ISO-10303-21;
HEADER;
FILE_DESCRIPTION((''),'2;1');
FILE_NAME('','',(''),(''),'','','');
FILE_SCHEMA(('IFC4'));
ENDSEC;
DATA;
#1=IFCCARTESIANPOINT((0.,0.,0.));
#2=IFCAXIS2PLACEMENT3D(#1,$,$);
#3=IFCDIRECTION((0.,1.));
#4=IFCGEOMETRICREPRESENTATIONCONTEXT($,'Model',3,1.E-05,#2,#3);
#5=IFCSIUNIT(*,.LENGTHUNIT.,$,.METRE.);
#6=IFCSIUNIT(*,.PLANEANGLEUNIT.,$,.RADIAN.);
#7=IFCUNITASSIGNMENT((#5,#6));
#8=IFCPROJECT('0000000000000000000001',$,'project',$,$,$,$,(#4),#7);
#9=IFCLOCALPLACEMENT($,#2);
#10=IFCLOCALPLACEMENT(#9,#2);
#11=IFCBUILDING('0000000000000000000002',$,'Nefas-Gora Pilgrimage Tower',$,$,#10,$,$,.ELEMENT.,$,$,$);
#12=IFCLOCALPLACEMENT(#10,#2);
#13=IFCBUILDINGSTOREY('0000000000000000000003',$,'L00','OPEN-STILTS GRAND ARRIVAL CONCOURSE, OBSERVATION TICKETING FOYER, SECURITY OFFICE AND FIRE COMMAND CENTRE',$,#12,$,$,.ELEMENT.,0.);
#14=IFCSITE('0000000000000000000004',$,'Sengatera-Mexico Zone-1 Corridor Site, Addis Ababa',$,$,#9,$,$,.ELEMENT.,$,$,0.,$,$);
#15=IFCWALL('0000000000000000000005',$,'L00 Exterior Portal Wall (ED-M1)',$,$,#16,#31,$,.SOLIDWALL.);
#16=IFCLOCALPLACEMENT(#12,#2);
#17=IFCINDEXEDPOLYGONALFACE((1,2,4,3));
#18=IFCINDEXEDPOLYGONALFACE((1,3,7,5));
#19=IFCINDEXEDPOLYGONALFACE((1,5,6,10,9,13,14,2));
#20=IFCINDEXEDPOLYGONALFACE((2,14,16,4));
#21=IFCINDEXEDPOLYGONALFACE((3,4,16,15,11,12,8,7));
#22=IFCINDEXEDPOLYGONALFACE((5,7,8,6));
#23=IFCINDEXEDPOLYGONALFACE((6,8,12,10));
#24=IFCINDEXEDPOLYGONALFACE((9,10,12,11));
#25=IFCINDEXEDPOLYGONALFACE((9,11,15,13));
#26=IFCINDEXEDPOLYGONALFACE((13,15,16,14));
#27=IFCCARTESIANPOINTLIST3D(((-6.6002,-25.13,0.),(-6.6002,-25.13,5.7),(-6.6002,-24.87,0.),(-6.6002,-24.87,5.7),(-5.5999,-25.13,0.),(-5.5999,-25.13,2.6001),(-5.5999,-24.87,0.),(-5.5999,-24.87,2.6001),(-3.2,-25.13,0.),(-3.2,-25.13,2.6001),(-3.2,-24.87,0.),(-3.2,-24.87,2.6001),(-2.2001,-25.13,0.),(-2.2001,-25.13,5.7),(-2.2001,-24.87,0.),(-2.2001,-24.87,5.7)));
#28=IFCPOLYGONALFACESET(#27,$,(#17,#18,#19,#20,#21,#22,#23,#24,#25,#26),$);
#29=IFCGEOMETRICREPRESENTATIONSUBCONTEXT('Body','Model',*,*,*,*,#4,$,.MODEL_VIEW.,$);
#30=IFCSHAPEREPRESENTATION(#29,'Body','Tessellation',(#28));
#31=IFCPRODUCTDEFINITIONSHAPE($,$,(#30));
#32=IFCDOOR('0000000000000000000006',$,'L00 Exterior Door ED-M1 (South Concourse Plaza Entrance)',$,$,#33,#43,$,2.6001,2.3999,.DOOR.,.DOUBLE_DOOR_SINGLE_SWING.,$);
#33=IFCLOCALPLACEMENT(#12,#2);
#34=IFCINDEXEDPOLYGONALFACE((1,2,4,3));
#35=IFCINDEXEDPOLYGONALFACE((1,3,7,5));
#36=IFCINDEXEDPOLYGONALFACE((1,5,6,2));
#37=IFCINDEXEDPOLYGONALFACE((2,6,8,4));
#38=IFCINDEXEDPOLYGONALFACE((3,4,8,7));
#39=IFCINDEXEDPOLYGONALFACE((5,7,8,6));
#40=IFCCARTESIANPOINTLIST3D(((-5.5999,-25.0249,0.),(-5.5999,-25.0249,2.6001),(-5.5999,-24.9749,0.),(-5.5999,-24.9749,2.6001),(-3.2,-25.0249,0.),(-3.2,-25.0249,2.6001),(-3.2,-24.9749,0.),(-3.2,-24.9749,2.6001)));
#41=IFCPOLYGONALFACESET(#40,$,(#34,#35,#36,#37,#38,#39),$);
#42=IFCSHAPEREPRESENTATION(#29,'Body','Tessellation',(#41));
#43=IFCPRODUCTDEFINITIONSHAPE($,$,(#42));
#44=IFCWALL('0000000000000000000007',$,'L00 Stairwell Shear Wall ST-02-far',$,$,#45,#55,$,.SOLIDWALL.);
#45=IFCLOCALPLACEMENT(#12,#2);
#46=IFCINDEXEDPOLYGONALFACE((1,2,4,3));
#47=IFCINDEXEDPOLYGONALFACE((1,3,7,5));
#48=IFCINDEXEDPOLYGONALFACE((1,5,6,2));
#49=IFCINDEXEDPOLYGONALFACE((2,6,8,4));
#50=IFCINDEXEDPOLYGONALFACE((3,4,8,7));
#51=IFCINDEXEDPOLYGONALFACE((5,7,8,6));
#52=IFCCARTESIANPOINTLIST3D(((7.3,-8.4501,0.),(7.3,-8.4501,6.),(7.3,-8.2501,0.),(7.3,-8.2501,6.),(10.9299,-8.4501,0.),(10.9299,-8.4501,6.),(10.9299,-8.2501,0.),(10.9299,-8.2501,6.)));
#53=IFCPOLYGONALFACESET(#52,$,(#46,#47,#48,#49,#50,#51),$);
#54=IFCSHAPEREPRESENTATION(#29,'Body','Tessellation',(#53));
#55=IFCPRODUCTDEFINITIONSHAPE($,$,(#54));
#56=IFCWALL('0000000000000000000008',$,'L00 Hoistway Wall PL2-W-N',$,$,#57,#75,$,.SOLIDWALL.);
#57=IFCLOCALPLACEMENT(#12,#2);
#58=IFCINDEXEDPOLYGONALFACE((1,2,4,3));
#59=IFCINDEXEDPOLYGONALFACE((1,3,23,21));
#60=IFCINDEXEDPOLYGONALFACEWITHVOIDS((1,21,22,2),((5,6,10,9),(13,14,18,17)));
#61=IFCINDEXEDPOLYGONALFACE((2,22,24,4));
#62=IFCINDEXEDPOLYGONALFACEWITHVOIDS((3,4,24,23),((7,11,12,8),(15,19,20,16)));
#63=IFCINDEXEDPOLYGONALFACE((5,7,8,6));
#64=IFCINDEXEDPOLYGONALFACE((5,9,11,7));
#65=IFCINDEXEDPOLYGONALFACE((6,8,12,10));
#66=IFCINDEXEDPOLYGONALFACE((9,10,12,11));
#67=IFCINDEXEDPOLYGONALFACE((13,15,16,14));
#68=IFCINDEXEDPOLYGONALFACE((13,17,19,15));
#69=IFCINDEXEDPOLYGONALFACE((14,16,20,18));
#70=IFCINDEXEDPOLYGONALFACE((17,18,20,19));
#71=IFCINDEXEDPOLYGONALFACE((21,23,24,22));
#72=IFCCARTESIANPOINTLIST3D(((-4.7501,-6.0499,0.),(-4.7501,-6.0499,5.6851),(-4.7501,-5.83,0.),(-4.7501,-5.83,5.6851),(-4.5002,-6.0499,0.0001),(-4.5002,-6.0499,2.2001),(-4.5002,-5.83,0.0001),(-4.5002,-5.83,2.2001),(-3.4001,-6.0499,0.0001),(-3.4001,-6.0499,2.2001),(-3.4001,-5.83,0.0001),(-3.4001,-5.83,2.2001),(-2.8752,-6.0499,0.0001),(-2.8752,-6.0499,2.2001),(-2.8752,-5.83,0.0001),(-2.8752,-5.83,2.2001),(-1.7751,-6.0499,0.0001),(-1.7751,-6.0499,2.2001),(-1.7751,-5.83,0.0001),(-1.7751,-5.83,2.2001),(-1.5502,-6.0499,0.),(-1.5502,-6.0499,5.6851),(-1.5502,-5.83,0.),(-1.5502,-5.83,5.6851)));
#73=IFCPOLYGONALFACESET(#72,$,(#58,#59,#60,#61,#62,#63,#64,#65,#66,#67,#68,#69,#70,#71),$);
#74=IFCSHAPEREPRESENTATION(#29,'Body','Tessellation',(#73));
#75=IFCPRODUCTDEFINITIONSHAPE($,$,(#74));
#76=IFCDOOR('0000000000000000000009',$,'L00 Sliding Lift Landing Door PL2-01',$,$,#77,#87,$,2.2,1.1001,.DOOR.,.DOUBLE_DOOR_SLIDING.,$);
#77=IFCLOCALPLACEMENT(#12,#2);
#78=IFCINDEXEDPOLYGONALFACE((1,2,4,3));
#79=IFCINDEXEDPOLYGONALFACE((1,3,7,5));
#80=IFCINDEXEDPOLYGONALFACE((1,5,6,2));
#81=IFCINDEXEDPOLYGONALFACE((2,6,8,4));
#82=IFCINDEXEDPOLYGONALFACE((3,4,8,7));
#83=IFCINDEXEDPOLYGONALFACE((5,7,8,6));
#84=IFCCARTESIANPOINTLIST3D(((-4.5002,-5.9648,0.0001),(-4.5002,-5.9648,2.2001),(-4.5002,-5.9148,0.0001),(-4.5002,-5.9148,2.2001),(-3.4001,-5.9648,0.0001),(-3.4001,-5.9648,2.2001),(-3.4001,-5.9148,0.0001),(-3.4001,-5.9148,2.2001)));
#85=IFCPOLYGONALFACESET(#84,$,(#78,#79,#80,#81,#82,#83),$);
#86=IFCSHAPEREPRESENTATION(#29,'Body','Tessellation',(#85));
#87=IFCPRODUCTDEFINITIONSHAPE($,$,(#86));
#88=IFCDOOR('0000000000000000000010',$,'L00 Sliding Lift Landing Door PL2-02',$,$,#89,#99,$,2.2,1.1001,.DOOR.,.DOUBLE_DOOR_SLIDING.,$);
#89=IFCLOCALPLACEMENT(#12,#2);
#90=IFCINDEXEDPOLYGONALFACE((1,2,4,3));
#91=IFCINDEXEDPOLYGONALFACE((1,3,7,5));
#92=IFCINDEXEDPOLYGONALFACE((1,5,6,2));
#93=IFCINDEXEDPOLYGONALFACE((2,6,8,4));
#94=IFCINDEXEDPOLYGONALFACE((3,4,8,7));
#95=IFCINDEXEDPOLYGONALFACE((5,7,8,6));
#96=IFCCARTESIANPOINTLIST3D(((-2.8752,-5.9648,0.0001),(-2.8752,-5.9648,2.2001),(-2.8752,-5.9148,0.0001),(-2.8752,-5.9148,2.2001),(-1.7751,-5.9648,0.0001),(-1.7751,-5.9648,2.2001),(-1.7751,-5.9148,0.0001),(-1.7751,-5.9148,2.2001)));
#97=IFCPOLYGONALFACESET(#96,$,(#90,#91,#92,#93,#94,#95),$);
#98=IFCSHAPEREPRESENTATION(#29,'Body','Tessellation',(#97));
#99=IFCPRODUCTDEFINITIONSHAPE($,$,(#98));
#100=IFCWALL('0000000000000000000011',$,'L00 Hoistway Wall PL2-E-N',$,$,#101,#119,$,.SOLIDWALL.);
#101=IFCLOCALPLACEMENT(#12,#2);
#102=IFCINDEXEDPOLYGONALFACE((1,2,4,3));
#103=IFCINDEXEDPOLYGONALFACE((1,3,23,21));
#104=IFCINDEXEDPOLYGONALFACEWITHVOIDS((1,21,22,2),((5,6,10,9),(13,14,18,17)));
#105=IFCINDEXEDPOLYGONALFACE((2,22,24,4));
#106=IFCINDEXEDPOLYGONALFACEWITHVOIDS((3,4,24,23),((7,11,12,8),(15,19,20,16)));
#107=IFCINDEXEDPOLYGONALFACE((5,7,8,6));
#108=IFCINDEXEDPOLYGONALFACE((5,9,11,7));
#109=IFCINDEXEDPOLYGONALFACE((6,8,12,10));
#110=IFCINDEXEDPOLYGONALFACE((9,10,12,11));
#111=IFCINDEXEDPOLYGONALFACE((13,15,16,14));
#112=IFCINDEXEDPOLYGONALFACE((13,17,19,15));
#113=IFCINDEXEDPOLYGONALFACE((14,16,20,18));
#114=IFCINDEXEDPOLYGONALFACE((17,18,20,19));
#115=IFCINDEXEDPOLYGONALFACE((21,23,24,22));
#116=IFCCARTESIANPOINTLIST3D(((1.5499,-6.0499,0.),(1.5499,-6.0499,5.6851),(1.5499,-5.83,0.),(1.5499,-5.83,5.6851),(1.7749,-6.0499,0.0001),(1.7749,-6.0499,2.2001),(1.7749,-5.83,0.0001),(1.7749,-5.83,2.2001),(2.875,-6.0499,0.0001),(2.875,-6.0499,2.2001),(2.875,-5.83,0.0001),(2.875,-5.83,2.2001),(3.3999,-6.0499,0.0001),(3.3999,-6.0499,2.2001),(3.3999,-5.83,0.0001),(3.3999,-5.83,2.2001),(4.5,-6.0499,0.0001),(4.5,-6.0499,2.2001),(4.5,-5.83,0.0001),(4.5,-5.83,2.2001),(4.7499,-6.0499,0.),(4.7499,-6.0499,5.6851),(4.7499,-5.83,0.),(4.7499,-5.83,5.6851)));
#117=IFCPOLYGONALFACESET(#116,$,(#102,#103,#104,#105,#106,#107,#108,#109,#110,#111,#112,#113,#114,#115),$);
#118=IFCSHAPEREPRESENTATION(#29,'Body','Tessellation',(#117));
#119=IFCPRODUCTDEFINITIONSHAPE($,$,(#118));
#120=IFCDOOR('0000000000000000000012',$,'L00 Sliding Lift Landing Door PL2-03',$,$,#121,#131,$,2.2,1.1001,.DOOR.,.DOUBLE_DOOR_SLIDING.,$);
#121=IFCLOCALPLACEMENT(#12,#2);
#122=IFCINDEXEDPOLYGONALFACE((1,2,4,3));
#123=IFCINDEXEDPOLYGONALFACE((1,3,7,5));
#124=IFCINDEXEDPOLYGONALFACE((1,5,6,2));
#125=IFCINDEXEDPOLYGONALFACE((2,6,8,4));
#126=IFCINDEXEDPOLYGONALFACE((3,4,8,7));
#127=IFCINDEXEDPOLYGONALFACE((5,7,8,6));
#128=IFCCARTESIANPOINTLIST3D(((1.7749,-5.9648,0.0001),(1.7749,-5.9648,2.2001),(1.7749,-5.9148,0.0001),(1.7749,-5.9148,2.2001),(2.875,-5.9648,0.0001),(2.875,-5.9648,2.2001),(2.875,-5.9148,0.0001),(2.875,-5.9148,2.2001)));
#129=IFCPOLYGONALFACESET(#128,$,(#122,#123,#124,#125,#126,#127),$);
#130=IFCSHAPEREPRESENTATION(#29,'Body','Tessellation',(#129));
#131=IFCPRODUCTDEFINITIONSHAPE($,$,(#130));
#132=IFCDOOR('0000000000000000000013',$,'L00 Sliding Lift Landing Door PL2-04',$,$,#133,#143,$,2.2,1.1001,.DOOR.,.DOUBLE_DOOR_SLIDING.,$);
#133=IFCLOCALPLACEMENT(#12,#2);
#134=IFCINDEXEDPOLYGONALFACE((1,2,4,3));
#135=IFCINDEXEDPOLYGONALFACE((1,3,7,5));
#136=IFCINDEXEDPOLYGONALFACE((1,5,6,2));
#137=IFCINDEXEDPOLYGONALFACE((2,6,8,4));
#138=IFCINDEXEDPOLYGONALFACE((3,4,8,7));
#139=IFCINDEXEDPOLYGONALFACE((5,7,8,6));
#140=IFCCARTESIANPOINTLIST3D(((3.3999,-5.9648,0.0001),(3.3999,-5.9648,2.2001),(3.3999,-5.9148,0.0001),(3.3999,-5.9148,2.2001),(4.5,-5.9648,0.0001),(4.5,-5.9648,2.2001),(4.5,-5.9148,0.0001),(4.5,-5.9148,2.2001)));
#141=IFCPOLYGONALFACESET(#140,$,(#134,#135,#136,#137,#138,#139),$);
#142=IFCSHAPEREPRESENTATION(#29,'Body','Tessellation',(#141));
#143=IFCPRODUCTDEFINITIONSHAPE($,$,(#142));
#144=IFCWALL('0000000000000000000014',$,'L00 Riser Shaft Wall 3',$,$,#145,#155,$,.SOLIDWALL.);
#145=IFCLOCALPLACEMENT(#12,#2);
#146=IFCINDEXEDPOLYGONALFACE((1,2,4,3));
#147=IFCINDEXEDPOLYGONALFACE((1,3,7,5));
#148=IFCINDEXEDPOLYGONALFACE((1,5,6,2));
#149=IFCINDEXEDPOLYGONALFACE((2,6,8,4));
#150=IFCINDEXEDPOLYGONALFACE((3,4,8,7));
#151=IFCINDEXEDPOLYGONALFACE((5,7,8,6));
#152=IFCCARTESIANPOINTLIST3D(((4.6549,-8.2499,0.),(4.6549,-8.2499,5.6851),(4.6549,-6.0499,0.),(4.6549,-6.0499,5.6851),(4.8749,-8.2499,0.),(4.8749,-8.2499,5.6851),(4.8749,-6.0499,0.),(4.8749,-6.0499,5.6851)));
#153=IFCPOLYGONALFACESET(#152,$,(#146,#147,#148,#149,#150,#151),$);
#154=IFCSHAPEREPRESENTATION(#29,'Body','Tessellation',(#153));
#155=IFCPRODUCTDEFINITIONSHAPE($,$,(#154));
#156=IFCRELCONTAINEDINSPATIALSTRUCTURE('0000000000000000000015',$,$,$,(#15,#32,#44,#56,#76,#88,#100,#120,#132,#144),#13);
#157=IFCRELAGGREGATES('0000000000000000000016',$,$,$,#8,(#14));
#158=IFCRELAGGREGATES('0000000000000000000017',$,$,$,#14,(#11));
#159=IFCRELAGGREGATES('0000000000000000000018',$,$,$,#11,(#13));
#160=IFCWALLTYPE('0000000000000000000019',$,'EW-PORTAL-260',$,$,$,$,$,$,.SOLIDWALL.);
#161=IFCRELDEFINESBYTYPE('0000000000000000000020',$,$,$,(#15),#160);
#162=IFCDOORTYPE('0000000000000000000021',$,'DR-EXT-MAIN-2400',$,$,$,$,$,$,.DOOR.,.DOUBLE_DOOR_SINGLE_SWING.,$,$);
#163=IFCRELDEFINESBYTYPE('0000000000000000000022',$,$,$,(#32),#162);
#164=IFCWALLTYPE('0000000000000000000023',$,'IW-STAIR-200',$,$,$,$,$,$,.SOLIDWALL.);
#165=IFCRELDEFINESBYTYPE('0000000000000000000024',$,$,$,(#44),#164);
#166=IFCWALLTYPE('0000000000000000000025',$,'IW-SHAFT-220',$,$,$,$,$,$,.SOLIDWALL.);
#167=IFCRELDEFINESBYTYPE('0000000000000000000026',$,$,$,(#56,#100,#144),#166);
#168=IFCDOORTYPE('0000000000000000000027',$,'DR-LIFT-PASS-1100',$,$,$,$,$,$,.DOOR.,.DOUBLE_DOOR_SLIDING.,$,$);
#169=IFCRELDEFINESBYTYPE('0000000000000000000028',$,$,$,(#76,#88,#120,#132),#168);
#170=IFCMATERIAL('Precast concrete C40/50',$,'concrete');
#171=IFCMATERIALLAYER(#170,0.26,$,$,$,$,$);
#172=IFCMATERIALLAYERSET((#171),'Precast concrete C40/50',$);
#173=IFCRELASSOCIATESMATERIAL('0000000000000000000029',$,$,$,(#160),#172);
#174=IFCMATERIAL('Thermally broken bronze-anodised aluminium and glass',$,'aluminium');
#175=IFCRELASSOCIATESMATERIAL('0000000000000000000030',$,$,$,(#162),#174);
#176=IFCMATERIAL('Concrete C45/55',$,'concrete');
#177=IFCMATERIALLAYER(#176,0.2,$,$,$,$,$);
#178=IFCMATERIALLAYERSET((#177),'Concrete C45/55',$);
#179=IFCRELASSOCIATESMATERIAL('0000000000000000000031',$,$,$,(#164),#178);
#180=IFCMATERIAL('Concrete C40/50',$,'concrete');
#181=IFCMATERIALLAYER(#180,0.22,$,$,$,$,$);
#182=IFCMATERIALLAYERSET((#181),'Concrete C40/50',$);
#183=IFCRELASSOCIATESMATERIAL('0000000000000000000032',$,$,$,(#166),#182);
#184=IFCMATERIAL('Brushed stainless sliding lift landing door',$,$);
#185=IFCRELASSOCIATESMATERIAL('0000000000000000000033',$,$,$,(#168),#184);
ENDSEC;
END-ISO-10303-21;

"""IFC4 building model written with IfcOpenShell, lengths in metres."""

from ifc_helpers import new_model, si_unit, direction, frame, frame_2d, origin, place, context, subcontext, project, spatial, rectangle, extrude, source, transform, mapped, material, layer, layer_set, type_object, element, fill, save


model = new_model("IFC4")

# Units and contexts
model_context = context("Model", 3, precision=1e-05, world=origin(), true_north=direction((0.0, 1.0)))
body_context = subcontext(model_context, "Body", "Model", "MODEL_VIEW")
ifc_project = project(units=[si_unit("LENGTHUNIT", "METRE"), si_unit("PLANEANGLEUNIT", "RADIAN")], contexts=[model_context])

# Site, building, storey
site_placement = place(None, origin())
site = spatial("IfcSite", under=ifc_project, at=site_placement, Name="Sengatera-Mexico Zone-1 Corridor Site, Addis Ababa", CompositionType="ELEMENT", RefElevation=0.0)
building_placement = place(site_placement, origin())
building = spatial("IfcBuilding", under=site, at=building_placement, Name="Nefas-Gora Pilgrimage Tower", CompositionType="ELEMENT")
storey_placement = place(building_placement, origin())
storey = spatial("IfcBuildingStorey", under=building, at=storey_placement, Name="L00", Description="OPEN-STILTS GRAND ARRIVAL CONCOURSE, OBSERVATION TICKETING FOYER, SECURITY OFFICE AND FIRE COMMAND CENTRE", CompositionType="ELEMENT", Elevation=0.0)

# Shared definitions
ifc_material_1 = material(Name="Concrete C45/55", Category="concrete")

# Wall, opening, door
ifc_material_2 = material(Name="Precast concrete C40/50", Category="concrete")
ifc_layer_1 = layer(ifc_material_2, 0.26)
ifc_layer_set_1 = layer_set([ifc_layer_1], Name="Precast concrete C40/50")
wall_type_1 = type_object("IfcWallType", Name="EW-PORTAL-260", PredefinedType="SOLIDWALL", material=ifc_layer_set_1)
shared_shape_1 = source(origin(), body_context, "Body", "SweptSolid", [
    extrude(rectangle(XDim=4.4001, YDim=0.26, at=frame_2d((2.2002, 0.0))), origin(), (0.0, 0.0, 1.0), 5.7),
])
wall_1_placement = place(storey_placement, frame((-2.2, -25.0, 0.0), z_axis=(0.0, 0.0, 1.0), x_axis=(-1.0, 0.0, 0.0)))
wall_1 = element("IfcWall", 1, at=wall_1_placement, inside=storey, type_object=wall_type_1, Name="L00 Exterior Portal Wall (ED-M1)", PredefinedType="SOLIDWALL", context=body_context, shape_type="MappedRepresentation", body=[
    mapped(shared_shape_1, transform((0.0, 0.0, 0.0), x_axis=(1.0, 0.0, 0.0), y_axis=(0.0, 1.0, 0.0), z_axis=(0.0, 0.0, 1.0), scale=1.0)),
])
opening_1_placement = place(wall_1_placement, frame((1.0, 0.0, 0.0)))
opening_1 = element("IfcOpeningElement", 2, at=opening_1_placement, cuts=wall_1, PredefinedType="OPENING", context=body_context, shape_type="SweptSolid", body=[
    extrude(rectangle(XDim=2.3999, YDim=2.6001, at=frame_2d((1.2, 1.3))), frame((0.0, 0.1399, 0.0), z_axis=(0.0, -1.0, 0.0), x_axis=(1.0, 0.0, 0.0)), (0.0, 0.0, 1.0), 0.28),
])
ifc_material_3 = material(Name="Thermally broken bronze-anodised aluminium and glass", Category="aluminium")
door_type_1 = type_object("IfcDoorType", Name="DR-EXT-MAIN-2400", OperationType="DOUBLE_DOOR_SINGLE_SWING", PredefinedType="DOOR", material=ifc_material_3)
shared_shape_2 = source(origin(), body_context, "Body", "SweptSolid", [
    extrude(rectangle(XDim=2.3999, YDim=2.6001, at=frame_2d((1.2, 1.3))), frame((0.0, 0.0249, 0.0), z_axis=(0.0, -1.0, 0.0), x_axis=(1.0, 0.0, 0.0)), (0.0, 0.0, 1.0), 0.05),
])
door_1_placement = place(opening_1_placement, origin())
door_1 = element("IfcDoor", 3, at=door_1_placement, inside=storey, type_object=door_type_1, Name="L00 Exterior Door ED-M1 (South Concourse Plaza Entrance)", OperationType="DOUBLE_DOOR_SINGLE_SWING", OverallHeight=2.6001, OverallWidth=2.3999, PredefinedType="DOOR", context=body_context, shape_type="MappedRepresentation", body=[
    mapped(shared_shape_2, transform((0.0, 0.0, 0.0), x_axis=(1.0, 0.0, 0.0), y_axis=(0.0, 1.0, 0.0), z_axis=(0.0, 0.0, 1.0), scale=1.0)),
])
fill(opening_1, door_1)

# Wall
ifc_layer_2 = layer(ifc_material_1, 0.2)
ifc_layer_set_2 = layer_set([ifc_layer_2], Name="Concrete C45/55")
wall_type_2 = type_object("IfcWallType", Name="IW-STAIR-200", PredefinedType="SOLIDWALL", material=ifc_layer_set_2)
shared_shape_3 = source(origin(), body_context, "Body", "SweptSolid", [
    extrude(rectangle(XDim=3.6299, YDim=0.2, at=frame_2d((1.8149, 0.0))), origin(), (0.0, 0.0, 1.0), 6.0),
])
wall_2_placement = place(storey_placement, frame((7.3, -8.3501, 0.0), z_axis=(0.0, 0.0, 1.0), x_axis=(1.0, 0.0, 0.0)))
element("IfcWall", 4, at=wall_2_placement, inside=storey, type_object=wall_type_2, Name="L00 Stairwell Shear Wall ST-02-far", PredefinedType="SOLIDWALL", context=body_context, shape_type="MappedRepresentation", body=[
    mapped(shared_shape_3, transform((0.0, 0.0, 0.0), x_axis=(1.0, 0.0, 0.0), y_axis=(0.0, 1.0, 0.0), z_axis=(0.0, 0.0, 1.0), scale=1.0)),
])

# Walls, openings, doors
ifc_material_4 = material(Name="Concrete C40/50", Category="concrete")
ifc_layer_3 = layer(ifc_material_4, 0.22)
ifc_layer_set_3 = layer_set([ifc_layer_3], Name="Concrete C40/50")
wall_type_3 = type_object("IfcWallType", Name="IW-SHAFT-220", PredefinedType="SOLIDWALL", material=ifc_layer_set_3)
shared_shape_4 = source(origin(), body_context, "Body", "SweptSolid", [
    extrude(rectangle(XDim=3.2, YDim=0.22, at=frame_2d((1.6001, 0.0))), origin(), (0.0, 0.0, 1.0), 5.6851),
])
wall_3_placement = place(storey_placement, frame((-1.55, -5.9399, 0.0), z_axis=(0.0, 0.0, 1.0), x_axis=(-1.0, 0.0, 0.0)))
wall_3 = element("IfcWall", 5, at=wall_3_placement, inside=storey, type_object=wall_type_3, Name="L00 Hoistway Wall PL2-W-N", PredefinedType="SOLIDWALL", context=body_context, shape_type="MappedRepresentation", body=[
    mapped(shared_shape_4, transform((0.0, 0.0, 0.0), x_axis=(1.0, 0.0, 0.0), y_axis=(0.0, 1.0, 0.0), z_axis=(0.0, 0.0, 1.0), scale=1.0)),
])
opening_2_placement = place(wall_3_placement, frame((1.8501, 0.0, 0.0)))
opening_2 = element("IfcOpeningElement", 6, at=opening_2_placement, cuts=wall_3, PredefinedType="OPENING", context=body_context, shape_type="SweptSolid", body=[
    extrude(rectangle(XDim=1.1001, YDim=2.2, at=frame_2d((0.55, 1.1001))), frame((0.0, 0.1199, 0.0), z_axis=(0.0, -1.0, 0.0), x_axis=(1.0, 0.0, 0.0)), (0.0, 0.0, 1.0), 0.24),
])
opening_3_placement = place(wall_3_placement, frame((0.2251, 0.0, 0.0)))
opening_3 = element("IfcOpeningElement", 7, at=opening_3_placement, cuts=wall_3, PredefinedType="OPENING", context=body_context, shape_type="SweptSolid", body=[
    extrude(rectangle(XDim=1.1001, YDim=2.2, at=frame_2d((0.55, 1.1001))), frame((0.0, 0.1199, 0.0), z_axis=(0.0, -1.0, 0.0), x_axis=(1.0, 0.0, 0.0)), (0.0, 0.0, 1.0), 0.24),
])
ifc_material_5 = material(Name="Brushed stainless sliding lift landing door")
door_type_2 = type_object("IfcDoorType", Name="DR-LIFT-PASS-1100", OperationType="DOUBLE_DOOR_SLIDING", PredefinedType="DOOR", material=ifc_material_5)
shared_shape_5 = source(origin(), body_context, "Body", "SweptSolid", [
    extrude(rectangle(XDim=1.1001, YDim=2.2, at=frame_2d((0.55, 1.1001))), frame((0.0, 0.0249, 0.0), z_axis=(0.0, -1.0, 0.0), x_axis=(1.0, 0.0, 0.0)), (0.0, 0.0, 1.0), 0.05),
])
door_2_placement = place(opening_2_placement, origin())
door_2 = element("IfcDoor", 8, at=door_2_placement, inside=storey, type_object=door_type_2, Name="L00 Sliding Lift Landing Door PL2-01", OperationType="DOUBLE_DOOR_SLIDING", OverallHeight=2.2, OverallWidth=1.1001, PredefinedType="DOOR", context=body_context, shape_type="MappedRepresentation", body=[
    mapped(shared_shape_5, transform((0.0, 0.0, 0.0), x_axis=(1.0, 0.0, 0.0), y_axis=(0.0, 1.0, 0.0), z_axis=(0.0, 0.0, 1.0), scale=1.0)),
])
fill(opening_2, door_2)
door_3_placement = place(opening_3_placement, origin())
door_3 = element("IfcDoor", 9, at=door_3_placement, inside=storey, type_object=door_type_2, Name="L00 Sliding Lift Landing Door PL2-02", OperationType="DOUBLE_DOOR_SLIDING", OverallHeight=2.2, OverallWidth=1.1001, PredefinedType="DOOR", context=body_context, shape_type="MappedRepresentation", body=[
    mapped(shared_shape_5, transform((0.0, 0.0, 0.0), x_axis=(1.0, 0.0, 0.0), y_axis=(0.0, 1.0, 0.0), z_axis=(0.0, 0.0, 1.0), scale=1.0)),
])
fill(opening_3, door_3)
wall_4_placement = place(storey_placement, frame((4.75, -5.9399, 0.0), z_axis=(0.0, 0.0, 1.0), x_axis=(-1.0, 0.0, 0.0)))
wall_4 = element("IfcWall", 10, at=wall_4_placement, inside=storey, type_object=wall_type_3, Name="L00 Hoistway Wall PL2-E-N", PredefinedType="SOLIDWALL", context=body_context, shape_type="MappedRepresentation", body=[
    mapped(shared_shape_4, transform((0.0, 0.0, 0.0), x_axis=(1.0, 0.0, 0.0), y_axis=(0.0, 1.0, 0.0), z_axis=(0.0, 0.0, 1.0), scale=1.0)),
])
opening_4_placement = place(wall_4_placement, frame((1.875, 0.0, 0.0)))
opening_4 = element("IfcOpeningElement", 11, at=opening_4_placement, cuts=wall_4, PredefinedType="OPENING", context=body_context, shape_type="SweptSolid", body=[
    extrude(rectangle(XDim=1.1001, YDim=2.2, at=frame_2d((0.55, 1.1001))), frame((0.0, 0.1199, 0.0), z_axis=(0.0, -1.0, 0.0), x_axis=(1.0, 0.0, 0.0)), (0.0, 0.0, 1.0), 0.24),
])
opening_5_placement = place(wall_4_placement, frame((0.25, 0.0, 0.0)))
opening_5 = element("IfcOpeningElement", 12, at=opening_5_placement, cuts=wall_4, PredefinedType="OPENING", context=body_context, shape_type="SweptSolid", body=[
    extrude(rectangle(XDim=1.1001, YDim=2.2, at=frame_2d((0.55, 1.1001))), frame((0.0, 0.1199, 0.0), z_axis=(0.0, -1.0, 0.0), x_axis=(1.0, 0.0, 0.0)), (0.0, 0.0, 1.0), 0.24),
])
door_4_placement = place(opening_4_placement, origin())
door_4 = element("IfcDoor", 13, at=door_4_placement, inside=storey, type_object=door_type_2, Name="L00 Sliding Lift Landing Door PL2-03", OperationType="DOUBLE_DOOR_SLIDING", OverallHeight=2.2, OverallWidth=1.1001, PredefinedType="DOOR", context=body_context, shape_type="MappedRepresentation", body=[
    mapped(shared_shape_5, transform((0.0, 0.0, 0.0), x_axis=(1.0, 0.0, 0.0), y_axis=(0.0, 1.0, 0.0), z_axis=(0.0, 0.0, 1.0), scale=1.0)),
])
fill(opening_4, door_4)
door_5_placement = place(opening_5_placement, origin())
door_5 = element("IfcDoor", 14, at=door_5_placement, inside=storey, type_object=door_type_2, Name="L00 Sliding Lift Landing Door PL2-04", OperationType="DOUBLE_DOOR_SLIDING", OverallHeight=2.2, OverallWidth=1.1001, PredefinedType="DOOR", context=body_context, shape_type="MappedRepresentation", body=[
    mapped(shared_shape_5, transform((0.0, 0.0, 0.0), x_axis=(1.0, 0.0, 0.0), y_axis=(0.0, 1.0, 0.0), z_axis=(0.0, 0.0, 1.0), scale=1.0)),
])
fill(opening_5, door_5)

# Wall
shared_shape_6 = source(origin(), body_context, "Body", "SweptSolid", [
    extrude(rectangle(XDim=2.2, YDim=0.22, at=frame_2d((1.1001, 0.0))), origin(), (0.0, 0.0, 1.0), 5.6851),
])
wall_5_placement = place(storey_placement, frame((4.7649, -8.25, 0.0), z_axis=(0.0, 0.0, 1.0), x_axis=(0.0, 1.0, 0.0)))
element("IfcWall", 15, at=wall_5_placement, inside=storey, type_object=wall_type_3, Name="L00 Riser Shaft Wall 3", PredefinedType="SOLIDWALL", context=body_context, shape_type="MappedRepresentation", body=[
    mapped(shared_shape_6, transform((0.0, 0.0, 0.0), x_axis=(1.0, 0.0, 0.0), y_axis=(0.0, 1.0, 0.0), z_axis=(0.0, 0.0, 1.0), scale=1.0)),
])

save(model, "model.ifc")
